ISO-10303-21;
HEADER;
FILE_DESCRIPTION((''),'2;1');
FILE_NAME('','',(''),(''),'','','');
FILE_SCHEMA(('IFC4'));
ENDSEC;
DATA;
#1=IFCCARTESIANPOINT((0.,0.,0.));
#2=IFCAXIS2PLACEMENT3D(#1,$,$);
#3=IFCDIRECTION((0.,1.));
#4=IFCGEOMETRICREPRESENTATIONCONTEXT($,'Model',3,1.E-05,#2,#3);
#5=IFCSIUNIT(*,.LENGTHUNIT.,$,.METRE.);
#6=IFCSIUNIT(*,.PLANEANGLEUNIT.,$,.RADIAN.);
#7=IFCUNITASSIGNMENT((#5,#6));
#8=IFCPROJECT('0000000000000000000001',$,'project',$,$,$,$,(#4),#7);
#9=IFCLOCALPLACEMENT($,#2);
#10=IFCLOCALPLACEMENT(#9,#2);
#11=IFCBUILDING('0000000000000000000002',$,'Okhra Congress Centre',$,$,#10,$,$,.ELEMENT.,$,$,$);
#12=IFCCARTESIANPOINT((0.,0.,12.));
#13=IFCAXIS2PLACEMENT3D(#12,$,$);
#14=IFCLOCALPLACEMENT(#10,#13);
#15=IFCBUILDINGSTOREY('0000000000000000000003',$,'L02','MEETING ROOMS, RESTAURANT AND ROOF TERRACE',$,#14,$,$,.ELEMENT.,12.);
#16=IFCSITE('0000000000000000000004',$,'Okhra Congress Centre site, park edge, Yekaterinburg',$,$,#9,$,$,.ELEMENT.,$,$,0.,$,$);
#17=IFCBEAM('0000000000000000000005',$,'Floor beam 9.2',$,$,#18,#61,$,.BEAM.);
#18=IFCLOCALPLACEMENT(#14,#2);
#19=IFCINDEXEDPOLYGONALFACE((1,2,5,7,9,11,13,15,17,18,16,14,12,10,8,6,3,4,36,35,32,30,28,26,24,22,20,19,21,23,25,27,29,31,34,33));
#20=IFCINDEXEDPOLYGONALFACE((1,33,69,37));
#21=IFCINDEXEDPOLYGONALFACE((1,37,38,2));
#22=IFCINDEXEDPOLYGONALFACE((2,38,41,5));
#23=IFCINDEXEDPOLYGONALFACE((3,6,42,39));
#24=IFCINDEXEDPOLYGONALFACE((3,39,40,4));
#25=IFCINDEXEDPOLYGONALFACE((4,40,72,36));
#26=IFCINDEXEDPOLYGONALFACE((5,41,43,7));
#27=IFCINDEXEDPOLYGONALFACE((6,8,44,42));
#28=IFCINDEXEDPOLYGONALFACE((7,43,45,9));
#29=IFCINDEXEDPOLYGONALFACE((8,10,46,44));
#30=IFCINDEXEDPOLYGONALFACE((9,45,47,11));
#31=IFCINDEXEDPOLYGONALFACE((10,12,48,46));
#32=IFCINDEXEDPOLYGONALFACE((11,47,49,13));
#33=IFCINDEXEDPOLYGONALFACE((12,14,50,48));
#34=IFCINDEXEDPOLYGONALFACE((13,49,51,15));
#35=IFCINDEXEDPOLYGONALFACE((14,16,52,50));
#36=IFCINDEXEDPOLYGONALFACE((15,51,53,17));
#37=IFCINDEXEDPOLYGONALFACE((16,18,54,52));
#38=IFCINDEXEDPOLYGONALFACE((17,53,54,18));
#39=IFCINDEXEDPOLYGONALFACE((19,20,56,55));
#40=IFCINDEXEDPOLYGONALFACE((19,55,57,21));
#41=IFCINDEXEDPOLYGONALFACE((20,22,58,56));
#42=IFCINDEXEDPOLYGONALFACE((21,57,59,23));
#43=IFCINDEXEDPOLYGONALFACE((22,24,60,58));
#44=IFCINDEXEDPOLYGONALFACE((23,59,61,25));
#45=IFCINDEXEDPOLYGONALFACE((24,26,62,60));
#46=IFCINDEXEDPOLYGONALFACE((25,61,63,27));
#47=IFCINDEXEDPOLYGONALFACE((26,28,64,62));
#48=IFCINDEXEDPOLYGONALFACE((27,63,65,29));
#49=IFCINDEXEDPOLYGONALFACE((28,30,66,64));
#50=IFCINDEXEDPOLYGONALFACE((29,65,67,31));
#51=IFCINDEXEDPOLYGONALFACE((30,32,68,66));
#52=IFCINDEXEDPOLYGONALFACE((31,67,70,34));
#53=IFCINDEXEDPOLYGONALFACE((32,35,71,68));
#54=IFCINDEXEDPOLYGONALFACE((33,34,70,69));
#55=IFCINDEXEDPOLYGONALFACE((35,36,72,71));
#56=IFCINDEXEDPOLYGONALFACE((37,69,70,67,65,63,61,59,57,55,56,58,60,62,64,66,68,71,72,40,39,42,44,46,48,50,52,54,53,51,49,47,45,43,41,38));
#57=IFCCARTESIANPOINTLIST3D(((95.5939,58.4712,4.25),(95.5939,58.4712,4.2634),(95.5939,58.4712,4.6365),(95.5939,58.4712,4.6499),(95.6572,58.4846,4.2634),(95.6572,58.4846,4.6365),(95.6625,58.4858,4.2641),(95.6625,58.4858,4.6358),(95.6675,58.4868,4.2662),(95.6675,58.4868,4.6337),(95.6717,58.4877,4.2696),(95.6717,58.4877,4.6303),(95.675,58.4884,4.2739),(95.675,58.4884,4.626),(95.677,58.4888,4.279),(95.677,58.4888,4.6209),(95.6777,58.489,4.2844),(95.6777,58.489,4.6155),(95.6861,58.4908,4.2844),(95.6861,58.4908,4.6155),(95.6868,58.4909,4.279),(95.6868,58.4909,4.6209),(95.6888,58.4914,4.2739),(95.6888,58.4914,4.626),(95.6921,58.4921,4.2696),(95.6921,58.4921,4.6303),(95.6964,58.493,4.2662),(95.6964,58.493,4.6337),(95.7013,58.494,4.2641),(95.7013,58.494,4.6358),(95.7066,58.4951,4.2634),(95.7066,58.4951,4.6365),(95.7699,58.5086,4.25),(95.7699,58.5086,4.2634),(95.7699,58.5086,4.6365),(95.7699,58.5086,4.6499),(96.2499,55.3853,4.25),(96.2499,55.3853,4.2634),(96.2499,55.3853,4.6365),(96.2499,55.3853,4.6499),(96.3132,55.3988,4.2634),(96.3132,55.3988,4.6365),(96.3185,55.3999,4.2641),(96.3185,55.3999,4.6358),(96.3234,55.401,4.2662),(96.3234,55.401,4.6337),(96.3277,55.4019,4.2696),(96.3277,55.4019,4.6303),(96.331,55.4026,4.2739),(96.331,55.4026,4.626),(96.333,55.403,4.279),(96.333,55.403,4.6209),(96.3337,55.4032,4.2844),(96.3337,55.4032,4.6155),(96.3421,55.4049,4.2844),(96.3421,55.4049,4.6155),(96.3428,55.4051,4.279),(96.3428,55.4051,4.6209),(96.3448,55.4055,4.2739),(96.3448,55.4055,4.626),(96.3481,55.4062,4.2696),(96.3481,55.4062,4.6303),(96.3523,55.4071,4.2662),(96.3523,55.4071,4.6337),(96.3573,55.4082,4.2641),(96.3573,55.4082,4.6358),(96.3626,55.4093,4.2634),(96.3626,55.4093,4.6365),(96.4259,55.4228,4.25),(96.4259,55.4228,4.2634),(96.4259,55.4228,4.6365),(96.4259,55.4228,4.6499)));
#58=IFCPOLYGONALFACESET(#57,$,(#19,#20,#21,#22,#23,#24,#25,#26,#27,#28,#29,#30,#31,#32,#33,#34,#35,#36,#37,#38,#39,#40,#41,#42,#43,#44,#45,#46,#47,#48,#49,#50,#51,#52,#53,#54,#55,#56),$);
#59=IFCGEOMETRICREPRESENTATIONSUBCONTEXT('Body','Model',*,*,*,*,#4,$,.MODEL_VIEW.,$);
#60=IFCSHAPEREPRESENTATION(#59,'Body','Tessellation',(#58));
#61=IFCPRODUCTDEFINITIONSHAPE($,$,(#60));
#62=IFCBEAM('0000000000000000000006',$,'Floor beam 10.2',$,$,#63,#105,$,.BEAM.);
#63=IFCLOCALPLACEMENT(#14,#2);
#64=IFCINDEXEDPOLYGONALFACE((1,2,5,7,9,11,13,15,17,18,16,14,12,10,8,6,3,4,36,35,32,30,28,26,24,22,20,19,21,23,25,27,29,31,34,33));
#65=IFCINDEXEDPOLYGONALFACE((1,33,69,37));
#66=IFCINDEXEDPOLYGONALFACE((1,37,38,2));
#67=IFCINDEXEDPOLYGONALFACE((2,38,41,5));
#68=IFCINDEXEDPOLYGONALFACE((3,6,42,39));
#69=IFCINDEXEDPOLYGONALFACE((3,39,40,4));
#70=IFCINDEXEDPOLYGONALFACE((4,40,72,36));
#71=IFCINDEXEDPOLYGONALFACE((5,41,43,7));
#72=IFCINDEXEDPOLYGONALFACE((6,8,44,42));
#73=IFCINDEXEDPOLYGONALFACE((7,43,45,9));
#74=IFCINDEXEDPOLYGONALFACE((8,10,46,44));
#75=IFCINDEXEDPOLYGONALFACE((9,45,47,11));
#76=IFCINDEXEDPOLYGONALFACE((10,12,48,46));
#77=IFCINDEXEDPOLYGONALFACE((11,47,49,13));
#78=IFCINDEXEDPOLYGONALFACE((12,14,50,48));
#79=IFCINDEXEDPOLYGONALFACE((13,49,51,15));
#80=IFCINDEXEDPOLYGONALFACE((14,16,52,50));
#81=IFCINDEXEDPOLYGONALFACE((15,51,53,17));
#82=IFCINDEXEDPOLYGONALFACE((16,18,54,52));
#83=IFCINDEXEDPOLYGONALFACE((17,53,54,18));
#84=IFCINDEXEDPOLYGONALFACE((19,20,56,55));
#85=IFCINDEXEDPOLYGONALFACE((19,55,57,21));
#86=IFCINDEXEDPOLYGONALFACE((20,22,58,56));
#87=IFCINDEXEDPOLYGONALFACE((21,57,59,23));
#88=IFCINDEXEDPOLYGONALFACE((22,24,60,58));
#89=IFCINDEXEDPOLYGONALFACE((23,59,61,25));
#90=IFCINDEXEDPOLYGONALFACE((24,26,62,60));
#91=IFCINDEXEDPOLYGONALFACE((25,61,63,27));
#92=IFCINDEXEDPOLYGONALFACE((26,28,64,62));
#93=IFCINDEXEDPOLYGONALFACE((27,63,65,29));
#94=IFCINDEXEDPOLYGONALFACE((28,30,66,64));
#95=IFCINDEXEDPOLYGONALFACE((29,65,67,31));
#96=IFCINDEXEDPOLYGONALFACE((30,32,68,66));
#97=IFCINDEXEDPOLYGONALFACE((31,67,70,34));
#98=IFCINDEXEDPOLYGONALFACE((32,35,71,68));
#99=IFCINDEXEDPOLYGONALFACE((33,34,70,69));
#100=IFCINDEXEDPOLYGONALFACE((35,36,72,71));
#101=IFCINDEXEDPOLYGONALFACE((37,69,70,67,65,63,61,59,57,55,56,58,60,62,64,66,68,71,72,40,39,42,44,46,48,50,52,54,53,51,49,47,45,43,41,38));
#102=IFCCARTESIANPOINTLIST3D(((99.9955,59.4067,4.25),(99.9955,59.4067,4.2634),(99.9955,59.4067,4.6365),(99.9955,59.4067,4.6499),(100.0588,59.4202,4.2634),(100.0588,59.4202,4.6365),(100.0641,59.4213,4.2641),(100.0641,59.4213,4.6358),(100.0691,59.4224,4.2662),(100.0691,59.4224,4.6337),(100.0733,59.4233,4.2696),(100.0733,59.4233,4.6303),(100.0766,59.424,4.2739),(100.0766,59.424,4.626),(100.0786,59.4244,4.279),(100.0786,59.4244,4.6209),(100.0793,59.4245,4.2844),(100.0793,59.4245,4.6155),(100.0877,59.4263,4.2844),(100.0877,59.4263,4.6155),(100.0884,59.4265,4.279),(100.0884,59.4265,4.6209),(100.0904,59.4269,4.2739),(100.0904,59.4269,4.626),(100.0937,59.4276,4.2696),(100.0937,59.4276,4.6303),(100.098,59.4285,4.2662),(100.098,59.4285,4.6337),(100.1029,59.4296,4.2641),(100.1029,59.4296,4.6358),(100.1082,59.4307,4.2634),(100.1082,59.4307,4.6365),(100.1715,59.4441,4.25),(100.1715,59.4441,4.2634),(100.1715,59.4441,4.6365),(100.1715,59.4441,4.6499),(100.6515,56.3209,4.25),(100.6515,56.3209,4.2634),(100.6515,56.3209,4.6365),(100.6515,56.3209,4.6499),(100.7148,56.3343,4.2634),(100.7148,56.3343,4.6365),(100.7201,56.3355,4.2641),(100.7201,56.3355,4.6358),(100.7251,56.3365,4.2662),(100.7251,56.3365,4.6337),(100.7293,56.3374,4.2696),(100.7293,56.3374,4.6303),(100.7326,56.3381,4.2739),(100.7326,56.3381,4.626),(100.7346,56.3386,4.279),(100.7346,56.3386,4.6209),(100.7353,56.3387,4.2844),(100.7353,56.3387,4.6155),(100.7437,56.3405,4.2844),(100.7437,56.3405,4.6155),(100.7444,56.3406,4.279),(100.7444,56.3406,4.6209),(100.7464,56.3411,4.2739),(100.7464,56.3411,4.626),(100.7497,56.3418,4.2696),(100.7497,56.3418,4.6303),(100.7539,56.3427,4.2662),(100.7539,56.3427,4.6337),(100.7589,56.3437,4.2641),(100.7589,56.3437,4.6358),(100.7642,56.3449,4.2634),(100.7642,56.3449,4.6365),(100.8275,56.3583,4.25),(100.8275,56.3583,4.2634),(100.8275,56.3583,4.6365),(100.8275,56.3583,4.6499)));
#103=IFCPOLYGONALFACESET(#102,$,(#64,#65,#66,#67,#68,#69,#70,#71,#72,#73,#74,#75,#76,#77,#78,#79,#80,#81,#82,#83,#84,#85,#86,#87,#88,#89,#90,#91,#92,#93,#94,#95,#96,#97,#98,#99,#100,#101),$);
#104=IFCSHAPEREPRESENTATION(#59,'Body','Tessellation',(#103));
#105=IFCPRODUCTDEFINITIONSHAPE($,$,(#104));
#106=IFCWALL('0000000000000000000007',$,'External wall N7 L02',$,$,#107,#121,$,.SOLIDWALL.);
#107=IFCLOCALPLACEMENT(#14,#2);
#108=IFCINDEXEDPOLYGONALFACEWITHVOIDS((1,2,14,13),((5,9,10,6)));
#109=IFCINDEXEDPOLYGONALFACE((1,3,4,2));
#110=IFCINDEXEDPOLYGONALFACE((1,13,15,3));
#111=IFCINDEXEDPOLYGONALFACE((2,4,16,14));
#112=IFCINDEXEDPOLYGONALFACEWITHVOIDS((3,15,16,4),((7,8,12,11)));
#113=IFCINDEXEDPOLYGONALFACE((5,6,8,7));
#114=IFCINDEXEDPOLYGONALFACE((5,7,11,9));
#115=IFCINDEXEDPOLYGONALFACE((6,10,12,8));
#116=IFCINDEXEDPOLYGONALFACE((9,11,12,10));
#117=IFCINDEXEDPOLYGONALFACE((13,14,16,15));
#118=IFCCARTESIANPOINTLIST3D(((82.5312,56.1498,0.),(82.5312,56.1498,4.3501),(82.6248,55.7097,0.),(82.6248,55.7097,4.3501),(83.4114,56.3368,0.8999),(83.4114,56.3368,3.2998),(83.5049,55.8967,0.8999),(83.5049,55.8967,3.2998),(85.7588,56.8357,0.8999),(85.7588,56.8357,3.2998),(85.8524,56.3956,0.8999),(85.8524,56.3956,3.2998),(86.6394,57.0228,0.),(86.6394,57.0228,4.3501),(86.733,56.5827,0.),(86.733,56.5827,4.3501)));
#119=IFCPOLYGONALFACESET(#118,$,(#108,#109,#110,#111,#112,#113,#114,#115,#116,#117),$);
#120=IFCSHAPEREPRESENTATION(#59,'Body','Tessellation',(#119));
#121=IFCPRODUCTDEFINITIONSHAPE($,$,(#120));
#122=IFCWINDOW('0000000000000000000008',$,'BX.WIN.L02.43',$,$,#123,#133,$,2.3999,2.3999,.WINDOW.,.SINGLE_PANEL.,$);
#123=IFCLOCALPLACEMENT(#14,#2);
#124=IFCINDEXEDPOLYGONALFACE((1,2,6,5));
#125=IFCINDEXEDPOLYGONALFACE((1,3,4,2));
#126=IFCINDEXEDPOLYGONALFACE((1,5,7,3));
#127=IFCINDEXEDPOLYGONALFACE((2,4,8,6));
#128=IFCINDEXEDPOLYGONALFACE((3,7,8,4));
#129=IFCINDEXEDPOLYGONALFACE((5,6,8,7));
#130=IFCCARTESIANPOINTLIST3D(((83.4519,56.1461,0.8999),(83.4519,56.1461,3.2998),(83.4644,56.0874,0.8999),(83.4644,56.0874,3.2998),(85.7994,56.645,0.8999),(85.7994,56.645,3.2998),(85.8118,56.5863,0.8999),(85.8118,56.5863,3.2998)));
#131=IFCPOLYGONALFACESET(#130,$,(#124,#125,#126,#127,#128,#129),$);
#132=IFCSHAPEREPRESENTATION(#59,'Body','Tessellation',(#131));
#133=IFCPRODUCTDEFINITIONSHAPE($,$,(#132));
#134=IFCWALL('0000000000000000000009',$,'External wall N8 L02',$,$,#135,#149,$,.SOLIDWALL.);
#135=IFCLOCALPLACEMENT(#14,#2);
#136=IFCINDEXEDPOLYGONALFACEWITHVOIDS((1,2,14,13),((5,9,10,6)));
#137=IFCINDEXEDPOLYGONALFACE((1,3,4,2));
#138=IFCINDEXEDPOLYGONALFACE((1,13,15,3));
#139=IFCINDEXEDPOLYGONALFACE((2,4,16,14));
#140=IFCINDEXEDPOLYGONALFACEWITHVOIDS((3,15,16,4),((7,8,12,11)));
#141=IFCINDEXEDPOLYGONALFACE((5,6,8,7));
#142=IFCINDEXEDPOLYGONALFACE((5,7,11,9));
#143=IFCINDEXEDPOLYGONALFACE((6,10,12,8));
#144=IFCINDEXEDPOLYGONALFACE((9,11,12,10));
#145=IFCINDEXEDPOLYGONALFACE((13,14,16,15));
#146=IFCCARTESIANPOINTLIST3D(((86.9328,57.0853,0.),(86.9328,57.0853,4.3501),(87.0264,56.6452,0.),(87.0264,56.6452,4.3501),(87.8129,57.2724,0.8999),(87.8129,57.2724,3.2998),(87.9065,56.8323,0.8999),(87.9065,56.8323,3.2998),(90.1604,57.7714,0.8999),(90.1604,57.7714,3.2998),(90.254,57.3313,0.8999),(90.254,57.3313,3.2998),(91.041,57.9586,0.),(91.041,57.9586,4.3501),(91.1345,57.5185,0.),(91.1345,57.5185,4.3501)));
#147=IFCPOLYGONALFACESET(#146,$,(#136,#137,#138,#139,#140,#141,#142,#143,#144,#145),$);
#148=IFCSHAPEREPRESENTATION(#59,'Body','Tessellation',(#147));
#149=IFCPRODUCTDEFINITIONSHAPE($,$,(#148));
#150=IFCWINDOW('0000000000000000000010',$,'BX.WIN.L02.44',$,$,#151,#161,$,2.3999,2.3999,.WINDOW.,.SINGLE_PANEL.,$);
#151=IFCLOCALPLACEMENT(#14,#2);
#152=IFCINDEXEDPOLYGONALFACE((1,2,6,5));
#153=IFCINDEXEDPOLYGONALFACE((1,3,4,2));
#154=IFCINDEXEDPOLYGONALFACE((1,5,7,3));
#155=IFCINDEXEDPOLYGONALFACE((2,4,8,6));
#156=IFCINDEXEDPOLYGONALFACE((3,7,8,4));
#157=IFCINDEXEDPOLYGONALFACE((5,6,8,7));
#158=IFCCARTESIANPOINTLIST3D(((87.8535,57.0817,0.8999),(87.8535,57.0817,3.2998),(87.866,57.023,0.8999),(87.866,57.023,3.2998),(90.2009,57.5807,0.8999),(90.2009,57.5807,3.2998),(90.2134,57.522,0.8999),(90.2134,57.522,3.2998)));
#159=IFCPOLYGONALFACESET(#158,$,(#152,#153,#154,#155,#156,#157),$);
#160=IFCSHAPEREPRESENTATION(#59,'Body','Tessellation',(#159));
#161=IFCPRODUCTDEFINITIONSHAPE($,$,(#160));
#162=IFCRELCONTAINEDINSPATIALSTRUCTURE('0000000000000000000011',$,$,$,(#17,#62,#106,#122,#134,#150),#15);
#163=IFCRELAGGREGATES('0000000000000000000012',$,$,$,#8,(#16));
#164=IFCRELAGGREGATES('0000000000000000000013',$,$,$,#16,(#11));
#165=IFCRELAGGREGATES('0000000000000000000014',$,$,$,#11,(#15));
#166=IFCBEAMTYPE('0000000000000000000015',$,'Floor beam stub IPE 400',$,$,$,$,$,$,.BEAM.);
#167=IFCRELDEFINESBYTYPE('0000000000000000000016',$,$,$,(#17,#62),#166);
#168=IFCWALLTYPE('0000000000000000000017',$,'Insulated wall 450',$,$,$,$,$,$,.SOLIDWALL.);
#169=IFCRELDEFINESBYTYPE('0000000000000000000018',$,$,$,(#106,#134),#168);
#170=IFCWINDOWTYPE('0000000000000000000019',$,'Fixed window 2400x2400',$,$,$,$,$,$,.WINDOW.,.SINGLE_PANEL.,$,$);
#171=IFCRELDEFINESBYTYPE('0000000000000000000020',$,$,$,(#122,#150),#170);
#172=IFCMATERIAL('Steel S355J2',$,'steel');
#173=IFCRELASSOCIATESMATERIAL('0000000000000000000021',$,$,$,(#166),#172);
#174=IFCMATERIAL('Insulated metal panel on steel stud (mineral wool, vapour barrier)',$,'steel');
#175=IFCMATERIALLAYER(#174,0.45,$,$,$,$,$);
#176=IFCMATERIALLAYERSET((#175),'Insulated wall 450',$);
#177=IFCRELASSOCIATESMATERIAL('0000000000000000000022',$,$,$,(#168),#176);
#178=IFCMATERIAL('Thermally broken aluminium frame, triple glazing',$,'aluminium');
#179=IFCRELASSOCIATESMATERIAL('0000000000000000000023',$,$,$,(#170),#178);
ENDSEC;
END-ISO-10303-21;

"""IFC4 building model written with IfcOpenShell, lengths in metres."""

from ifc_helpers import new_model, si_unit, direction, frame, frame_2d, origin, origin_2d, place, context, subcontext, project, spatial, rectangle, i_section, extrude, material, layer, layer_set, material_profile, profile_set, type_object, element, fill, save


model = new_model("IFC4")

# Units and contexts
model_context = context("Model", 3, precision=1e-05, world=origin(), true_north=direction((0.0, 1.0)))
body_context = subcontext(model_context, "Body", "Model", "MODEL_VIEW")
ifc_project = project(units=[si_unit("LENGTHUNIT", "METRE"), si_unit("PLANEANGLEUNIT", "RADIAN")], contexts=[model_context])

# Site, building, storey
site_placement = place(None, origin())
site = spatial("IfcSite", under=ifc_project, at=site_placement, Name="Okhra Congress Centre site, park edge, Yekaterinburg", CompositionType="ELEMENT", RefElevation=0.0)
building_placement = place(site_placement, origin())
building = spatial("IfcBuilding", under=site, at=building_placement, Name="Okhra Congress Centre", CompositionType="ELEMENT")
storey_placement = place(building_placement, frame((0.0, 0.0, 12.0)))
storey = spatial("IfcBuildingStorey", under=building, at=storey_placement, Name="L02", Description="MEETING ROOMS, RESTAURANT AND ROOF TERRACE", CompositionType="ELEMENT", Elevation=12.0)

# Shared definitions
ifc_material_1 = material(Name="Steel S355J2", Category="steel")

# Beams
ifc_material_profile_1 = material_profile(ifc_material_1, i_section(OverallWidth=0.1799, OverallDepth=0.3999, WebThickness=0.0085, FlangeThickness=0.0134, FilletRadius=0.021, at=origin_2d()), Name="IPE 400")
ifc_profile_set_1 = profile_set([ifc_material_profile_1], Name="Steel S355J2")
beam_type_1 = type_object("IfcBeamType", Name="Floor beam stub IPE 400", PredefinedType="BEAM", material=ifc_profile_set_1)
for number, where, z_axis, x_axis, name in (
    (1, (96.3379, 55.4041, 4.45), (-0.207933, 0.978143, 0.0), (-0.978143, -0.207933, 0.0), "Floor beam 9.2"),
    (2, (100.7395, 56.3396, 4.45), (-0.207933, 0.978143, 0.0), (-0.978143, -0.207933, 0.0), "Floor beam 10.2"),
):
    element("IfcBeam", number, at=place(storey_placement, frame(where, z_axis=z_axis, x_axis=x_axis)), inside=storey, type_object=beam_type_1, Name=name, PredefinedType="BEAM", context=body_context, shape_type="SweptSolid", body=[
        extrude(i_section(OverallWidth=0.1799, OverallDepth=0.3999, WebThickness=0.0085, FlangeThickness=0.0134, FilletRadius=0.021, at=origin_2d()), origin(), (0.0, 0.0, 1.0), 3.1548),
    ])

# Walls, openings, windows
ifc_material_2 = material(Name="Insulated metal panel on steel stud (mineral wool, vapour barrier)", Category="steel")
ifc_layer_1 = layer(ifc_material_2, 0.45)
ifc_layer_set_1 = layer_set([ifc_layer_1], Name="Insulated wall 450")
wall_type_1 = type_object("IfcWallType", Name="Insulated wall 450", PredefinedType="SOLIDWALL", material=ifc_layer_set_1)
wall_1_placement = place(storey_placement, frame((82.5779, 55.9297, 0.0), z_axis=(0.0, 0.0, 1.0), x_axis=(0.978156, 0.207873, 0.0)))
wall_1 = element("IfcWall", 3, at=wall_1_placement, inside=storey, type_object=wall_type_1, Name="External wall N7 L02", PredefinedType="SOLIDWALL", context=body_context, shape_type="SweptSolid", body=[
    extrude(rectangle(XDim=4.2, YDim=0.45, at=frame_2d((2.1001, 0.0))), origin(), (0.0, 0.0, 1.0), 4.3501),
])
opening_1_placement = place(wall_1_placement, frame((0.8999, 0.0, 0.8999)))
opening_1 = element("IfcOpeningElement", 4, at=opening_1_placement, cuts=wall_1, PredefinedType="OPENING", context=body_context, shape_type="SweptSolid", body=[
    extrude(rectangle(XDim=2.3999, YDim=2.3999, at=frame_2d((1.2, 1.2))), frame((0.0, 0.2349, 0.0), z_axis=(0.0, -1.0, 0.0), x_axis=(1.0, 0.0, 0.0)), (0.0, 0.0, 1.0), 0.47),
])
ifc_material_3 = material(Name="Thermally broken aluminium frame, triple glazing", Category="aluminium")
window_type_1 = type_object("IfcWindowType", Name="Fixed window 2400x2400", PartitioningType="SINGLE_PANEL", PredefinedType="WINDOW", material=ifc_material_3)
window_1_placement = place(opening_1_placement, origin())
window_1 = element("IfcWindow", 5, at=window_1_placement, inside=storey, type_object=window_type_1, Name="BX.WIN.L02.43", OverallHeight=2.3999, OverallWidth=2.3999, PartitioningType="SINGLE_PANEL", PredefinedType="WINDOW", context=body_context, shape_type="SweptSolid", body=[
    extrude(rectangle(XDim=2.3999, YDim=2.3999, at=frame_2d((1.2, 1.2))), frame((0.0, 0.03, 0.0), z_axis=(0.0, -1.0, 0.0), x_axis=(1.0, 0.0, 0.0)), (0.0, 0.0, 1.0), 0.0601),
])
fill(opening_1, window_1)
wall_2_placement = place(storey_placement, frame((86.9795, 56.8652, 0.0), z_axis=(0.0, 0.0, 1.0), x_axis=(0.978144, 0.207929, 0.0)))
wall_2 = element("IfcWall", 6, at=wall_2_placement, inside=storey, type_object=wall_type_1, Name="External wall N8 L02", PredefinedType="SOLIDWALL", context=body_context, shape_type="SweptSolid", body=[
    extrude(rectangle(XDim=4.2, YDim=0.45, at=frame_2d((2.1001, 0.0))), origin(), (0.0, 0.0, 1.0), 4.3501),
])
opening_2_placement = place(wall_2_placement, frame((0.8999, 0.0, 0.8999)))
opening_2 = element("IfcOpeningElement", 7, at=opening_2_placement, cuts=wall_2, PredefinedType="OPENING", context=body_context, shape_type="SweptSolid", body=[
    extrude(rectangle(XDim=2.3999, YDim=2.3999, at=frame_2d((1.2, 1.2))), frame((0.0, 0.2349, 0.0), z_axis=(0.0, -1.0, 0.0), x_axis=(1.0, 0.0, 0.0)), (0.0, 0.0, 1.0), 0.47),
])
window_2_placement = place(opening_2_placement, origin())
window_2 = element("IfcWindow", 8, at=window_2_placement, inside=storey, type_object=window_type_1, Name="BX.WIN.L02.44", OverallHeight=2.3999, OverallWidth=2.3999, PartitioningType="SINGLE_PANEL", PredefinedType="WINDOW", context=body_context, shape_type="SweptSolid", body=[
    extrude(rectangle(XDim=2.3999, YDim=2.3999, at=frame_2d((1.2, 1.2))), frame((0.0, 0.03, 0.0), z_axis=(0.0, -1.0, 0.0), x_axis=(1.0, 0.0, 0.0)), (0.0, 0.0, 1.0), 0.0601),
])
fill(opening_2, window_2)

save(model, "model.ifc")
